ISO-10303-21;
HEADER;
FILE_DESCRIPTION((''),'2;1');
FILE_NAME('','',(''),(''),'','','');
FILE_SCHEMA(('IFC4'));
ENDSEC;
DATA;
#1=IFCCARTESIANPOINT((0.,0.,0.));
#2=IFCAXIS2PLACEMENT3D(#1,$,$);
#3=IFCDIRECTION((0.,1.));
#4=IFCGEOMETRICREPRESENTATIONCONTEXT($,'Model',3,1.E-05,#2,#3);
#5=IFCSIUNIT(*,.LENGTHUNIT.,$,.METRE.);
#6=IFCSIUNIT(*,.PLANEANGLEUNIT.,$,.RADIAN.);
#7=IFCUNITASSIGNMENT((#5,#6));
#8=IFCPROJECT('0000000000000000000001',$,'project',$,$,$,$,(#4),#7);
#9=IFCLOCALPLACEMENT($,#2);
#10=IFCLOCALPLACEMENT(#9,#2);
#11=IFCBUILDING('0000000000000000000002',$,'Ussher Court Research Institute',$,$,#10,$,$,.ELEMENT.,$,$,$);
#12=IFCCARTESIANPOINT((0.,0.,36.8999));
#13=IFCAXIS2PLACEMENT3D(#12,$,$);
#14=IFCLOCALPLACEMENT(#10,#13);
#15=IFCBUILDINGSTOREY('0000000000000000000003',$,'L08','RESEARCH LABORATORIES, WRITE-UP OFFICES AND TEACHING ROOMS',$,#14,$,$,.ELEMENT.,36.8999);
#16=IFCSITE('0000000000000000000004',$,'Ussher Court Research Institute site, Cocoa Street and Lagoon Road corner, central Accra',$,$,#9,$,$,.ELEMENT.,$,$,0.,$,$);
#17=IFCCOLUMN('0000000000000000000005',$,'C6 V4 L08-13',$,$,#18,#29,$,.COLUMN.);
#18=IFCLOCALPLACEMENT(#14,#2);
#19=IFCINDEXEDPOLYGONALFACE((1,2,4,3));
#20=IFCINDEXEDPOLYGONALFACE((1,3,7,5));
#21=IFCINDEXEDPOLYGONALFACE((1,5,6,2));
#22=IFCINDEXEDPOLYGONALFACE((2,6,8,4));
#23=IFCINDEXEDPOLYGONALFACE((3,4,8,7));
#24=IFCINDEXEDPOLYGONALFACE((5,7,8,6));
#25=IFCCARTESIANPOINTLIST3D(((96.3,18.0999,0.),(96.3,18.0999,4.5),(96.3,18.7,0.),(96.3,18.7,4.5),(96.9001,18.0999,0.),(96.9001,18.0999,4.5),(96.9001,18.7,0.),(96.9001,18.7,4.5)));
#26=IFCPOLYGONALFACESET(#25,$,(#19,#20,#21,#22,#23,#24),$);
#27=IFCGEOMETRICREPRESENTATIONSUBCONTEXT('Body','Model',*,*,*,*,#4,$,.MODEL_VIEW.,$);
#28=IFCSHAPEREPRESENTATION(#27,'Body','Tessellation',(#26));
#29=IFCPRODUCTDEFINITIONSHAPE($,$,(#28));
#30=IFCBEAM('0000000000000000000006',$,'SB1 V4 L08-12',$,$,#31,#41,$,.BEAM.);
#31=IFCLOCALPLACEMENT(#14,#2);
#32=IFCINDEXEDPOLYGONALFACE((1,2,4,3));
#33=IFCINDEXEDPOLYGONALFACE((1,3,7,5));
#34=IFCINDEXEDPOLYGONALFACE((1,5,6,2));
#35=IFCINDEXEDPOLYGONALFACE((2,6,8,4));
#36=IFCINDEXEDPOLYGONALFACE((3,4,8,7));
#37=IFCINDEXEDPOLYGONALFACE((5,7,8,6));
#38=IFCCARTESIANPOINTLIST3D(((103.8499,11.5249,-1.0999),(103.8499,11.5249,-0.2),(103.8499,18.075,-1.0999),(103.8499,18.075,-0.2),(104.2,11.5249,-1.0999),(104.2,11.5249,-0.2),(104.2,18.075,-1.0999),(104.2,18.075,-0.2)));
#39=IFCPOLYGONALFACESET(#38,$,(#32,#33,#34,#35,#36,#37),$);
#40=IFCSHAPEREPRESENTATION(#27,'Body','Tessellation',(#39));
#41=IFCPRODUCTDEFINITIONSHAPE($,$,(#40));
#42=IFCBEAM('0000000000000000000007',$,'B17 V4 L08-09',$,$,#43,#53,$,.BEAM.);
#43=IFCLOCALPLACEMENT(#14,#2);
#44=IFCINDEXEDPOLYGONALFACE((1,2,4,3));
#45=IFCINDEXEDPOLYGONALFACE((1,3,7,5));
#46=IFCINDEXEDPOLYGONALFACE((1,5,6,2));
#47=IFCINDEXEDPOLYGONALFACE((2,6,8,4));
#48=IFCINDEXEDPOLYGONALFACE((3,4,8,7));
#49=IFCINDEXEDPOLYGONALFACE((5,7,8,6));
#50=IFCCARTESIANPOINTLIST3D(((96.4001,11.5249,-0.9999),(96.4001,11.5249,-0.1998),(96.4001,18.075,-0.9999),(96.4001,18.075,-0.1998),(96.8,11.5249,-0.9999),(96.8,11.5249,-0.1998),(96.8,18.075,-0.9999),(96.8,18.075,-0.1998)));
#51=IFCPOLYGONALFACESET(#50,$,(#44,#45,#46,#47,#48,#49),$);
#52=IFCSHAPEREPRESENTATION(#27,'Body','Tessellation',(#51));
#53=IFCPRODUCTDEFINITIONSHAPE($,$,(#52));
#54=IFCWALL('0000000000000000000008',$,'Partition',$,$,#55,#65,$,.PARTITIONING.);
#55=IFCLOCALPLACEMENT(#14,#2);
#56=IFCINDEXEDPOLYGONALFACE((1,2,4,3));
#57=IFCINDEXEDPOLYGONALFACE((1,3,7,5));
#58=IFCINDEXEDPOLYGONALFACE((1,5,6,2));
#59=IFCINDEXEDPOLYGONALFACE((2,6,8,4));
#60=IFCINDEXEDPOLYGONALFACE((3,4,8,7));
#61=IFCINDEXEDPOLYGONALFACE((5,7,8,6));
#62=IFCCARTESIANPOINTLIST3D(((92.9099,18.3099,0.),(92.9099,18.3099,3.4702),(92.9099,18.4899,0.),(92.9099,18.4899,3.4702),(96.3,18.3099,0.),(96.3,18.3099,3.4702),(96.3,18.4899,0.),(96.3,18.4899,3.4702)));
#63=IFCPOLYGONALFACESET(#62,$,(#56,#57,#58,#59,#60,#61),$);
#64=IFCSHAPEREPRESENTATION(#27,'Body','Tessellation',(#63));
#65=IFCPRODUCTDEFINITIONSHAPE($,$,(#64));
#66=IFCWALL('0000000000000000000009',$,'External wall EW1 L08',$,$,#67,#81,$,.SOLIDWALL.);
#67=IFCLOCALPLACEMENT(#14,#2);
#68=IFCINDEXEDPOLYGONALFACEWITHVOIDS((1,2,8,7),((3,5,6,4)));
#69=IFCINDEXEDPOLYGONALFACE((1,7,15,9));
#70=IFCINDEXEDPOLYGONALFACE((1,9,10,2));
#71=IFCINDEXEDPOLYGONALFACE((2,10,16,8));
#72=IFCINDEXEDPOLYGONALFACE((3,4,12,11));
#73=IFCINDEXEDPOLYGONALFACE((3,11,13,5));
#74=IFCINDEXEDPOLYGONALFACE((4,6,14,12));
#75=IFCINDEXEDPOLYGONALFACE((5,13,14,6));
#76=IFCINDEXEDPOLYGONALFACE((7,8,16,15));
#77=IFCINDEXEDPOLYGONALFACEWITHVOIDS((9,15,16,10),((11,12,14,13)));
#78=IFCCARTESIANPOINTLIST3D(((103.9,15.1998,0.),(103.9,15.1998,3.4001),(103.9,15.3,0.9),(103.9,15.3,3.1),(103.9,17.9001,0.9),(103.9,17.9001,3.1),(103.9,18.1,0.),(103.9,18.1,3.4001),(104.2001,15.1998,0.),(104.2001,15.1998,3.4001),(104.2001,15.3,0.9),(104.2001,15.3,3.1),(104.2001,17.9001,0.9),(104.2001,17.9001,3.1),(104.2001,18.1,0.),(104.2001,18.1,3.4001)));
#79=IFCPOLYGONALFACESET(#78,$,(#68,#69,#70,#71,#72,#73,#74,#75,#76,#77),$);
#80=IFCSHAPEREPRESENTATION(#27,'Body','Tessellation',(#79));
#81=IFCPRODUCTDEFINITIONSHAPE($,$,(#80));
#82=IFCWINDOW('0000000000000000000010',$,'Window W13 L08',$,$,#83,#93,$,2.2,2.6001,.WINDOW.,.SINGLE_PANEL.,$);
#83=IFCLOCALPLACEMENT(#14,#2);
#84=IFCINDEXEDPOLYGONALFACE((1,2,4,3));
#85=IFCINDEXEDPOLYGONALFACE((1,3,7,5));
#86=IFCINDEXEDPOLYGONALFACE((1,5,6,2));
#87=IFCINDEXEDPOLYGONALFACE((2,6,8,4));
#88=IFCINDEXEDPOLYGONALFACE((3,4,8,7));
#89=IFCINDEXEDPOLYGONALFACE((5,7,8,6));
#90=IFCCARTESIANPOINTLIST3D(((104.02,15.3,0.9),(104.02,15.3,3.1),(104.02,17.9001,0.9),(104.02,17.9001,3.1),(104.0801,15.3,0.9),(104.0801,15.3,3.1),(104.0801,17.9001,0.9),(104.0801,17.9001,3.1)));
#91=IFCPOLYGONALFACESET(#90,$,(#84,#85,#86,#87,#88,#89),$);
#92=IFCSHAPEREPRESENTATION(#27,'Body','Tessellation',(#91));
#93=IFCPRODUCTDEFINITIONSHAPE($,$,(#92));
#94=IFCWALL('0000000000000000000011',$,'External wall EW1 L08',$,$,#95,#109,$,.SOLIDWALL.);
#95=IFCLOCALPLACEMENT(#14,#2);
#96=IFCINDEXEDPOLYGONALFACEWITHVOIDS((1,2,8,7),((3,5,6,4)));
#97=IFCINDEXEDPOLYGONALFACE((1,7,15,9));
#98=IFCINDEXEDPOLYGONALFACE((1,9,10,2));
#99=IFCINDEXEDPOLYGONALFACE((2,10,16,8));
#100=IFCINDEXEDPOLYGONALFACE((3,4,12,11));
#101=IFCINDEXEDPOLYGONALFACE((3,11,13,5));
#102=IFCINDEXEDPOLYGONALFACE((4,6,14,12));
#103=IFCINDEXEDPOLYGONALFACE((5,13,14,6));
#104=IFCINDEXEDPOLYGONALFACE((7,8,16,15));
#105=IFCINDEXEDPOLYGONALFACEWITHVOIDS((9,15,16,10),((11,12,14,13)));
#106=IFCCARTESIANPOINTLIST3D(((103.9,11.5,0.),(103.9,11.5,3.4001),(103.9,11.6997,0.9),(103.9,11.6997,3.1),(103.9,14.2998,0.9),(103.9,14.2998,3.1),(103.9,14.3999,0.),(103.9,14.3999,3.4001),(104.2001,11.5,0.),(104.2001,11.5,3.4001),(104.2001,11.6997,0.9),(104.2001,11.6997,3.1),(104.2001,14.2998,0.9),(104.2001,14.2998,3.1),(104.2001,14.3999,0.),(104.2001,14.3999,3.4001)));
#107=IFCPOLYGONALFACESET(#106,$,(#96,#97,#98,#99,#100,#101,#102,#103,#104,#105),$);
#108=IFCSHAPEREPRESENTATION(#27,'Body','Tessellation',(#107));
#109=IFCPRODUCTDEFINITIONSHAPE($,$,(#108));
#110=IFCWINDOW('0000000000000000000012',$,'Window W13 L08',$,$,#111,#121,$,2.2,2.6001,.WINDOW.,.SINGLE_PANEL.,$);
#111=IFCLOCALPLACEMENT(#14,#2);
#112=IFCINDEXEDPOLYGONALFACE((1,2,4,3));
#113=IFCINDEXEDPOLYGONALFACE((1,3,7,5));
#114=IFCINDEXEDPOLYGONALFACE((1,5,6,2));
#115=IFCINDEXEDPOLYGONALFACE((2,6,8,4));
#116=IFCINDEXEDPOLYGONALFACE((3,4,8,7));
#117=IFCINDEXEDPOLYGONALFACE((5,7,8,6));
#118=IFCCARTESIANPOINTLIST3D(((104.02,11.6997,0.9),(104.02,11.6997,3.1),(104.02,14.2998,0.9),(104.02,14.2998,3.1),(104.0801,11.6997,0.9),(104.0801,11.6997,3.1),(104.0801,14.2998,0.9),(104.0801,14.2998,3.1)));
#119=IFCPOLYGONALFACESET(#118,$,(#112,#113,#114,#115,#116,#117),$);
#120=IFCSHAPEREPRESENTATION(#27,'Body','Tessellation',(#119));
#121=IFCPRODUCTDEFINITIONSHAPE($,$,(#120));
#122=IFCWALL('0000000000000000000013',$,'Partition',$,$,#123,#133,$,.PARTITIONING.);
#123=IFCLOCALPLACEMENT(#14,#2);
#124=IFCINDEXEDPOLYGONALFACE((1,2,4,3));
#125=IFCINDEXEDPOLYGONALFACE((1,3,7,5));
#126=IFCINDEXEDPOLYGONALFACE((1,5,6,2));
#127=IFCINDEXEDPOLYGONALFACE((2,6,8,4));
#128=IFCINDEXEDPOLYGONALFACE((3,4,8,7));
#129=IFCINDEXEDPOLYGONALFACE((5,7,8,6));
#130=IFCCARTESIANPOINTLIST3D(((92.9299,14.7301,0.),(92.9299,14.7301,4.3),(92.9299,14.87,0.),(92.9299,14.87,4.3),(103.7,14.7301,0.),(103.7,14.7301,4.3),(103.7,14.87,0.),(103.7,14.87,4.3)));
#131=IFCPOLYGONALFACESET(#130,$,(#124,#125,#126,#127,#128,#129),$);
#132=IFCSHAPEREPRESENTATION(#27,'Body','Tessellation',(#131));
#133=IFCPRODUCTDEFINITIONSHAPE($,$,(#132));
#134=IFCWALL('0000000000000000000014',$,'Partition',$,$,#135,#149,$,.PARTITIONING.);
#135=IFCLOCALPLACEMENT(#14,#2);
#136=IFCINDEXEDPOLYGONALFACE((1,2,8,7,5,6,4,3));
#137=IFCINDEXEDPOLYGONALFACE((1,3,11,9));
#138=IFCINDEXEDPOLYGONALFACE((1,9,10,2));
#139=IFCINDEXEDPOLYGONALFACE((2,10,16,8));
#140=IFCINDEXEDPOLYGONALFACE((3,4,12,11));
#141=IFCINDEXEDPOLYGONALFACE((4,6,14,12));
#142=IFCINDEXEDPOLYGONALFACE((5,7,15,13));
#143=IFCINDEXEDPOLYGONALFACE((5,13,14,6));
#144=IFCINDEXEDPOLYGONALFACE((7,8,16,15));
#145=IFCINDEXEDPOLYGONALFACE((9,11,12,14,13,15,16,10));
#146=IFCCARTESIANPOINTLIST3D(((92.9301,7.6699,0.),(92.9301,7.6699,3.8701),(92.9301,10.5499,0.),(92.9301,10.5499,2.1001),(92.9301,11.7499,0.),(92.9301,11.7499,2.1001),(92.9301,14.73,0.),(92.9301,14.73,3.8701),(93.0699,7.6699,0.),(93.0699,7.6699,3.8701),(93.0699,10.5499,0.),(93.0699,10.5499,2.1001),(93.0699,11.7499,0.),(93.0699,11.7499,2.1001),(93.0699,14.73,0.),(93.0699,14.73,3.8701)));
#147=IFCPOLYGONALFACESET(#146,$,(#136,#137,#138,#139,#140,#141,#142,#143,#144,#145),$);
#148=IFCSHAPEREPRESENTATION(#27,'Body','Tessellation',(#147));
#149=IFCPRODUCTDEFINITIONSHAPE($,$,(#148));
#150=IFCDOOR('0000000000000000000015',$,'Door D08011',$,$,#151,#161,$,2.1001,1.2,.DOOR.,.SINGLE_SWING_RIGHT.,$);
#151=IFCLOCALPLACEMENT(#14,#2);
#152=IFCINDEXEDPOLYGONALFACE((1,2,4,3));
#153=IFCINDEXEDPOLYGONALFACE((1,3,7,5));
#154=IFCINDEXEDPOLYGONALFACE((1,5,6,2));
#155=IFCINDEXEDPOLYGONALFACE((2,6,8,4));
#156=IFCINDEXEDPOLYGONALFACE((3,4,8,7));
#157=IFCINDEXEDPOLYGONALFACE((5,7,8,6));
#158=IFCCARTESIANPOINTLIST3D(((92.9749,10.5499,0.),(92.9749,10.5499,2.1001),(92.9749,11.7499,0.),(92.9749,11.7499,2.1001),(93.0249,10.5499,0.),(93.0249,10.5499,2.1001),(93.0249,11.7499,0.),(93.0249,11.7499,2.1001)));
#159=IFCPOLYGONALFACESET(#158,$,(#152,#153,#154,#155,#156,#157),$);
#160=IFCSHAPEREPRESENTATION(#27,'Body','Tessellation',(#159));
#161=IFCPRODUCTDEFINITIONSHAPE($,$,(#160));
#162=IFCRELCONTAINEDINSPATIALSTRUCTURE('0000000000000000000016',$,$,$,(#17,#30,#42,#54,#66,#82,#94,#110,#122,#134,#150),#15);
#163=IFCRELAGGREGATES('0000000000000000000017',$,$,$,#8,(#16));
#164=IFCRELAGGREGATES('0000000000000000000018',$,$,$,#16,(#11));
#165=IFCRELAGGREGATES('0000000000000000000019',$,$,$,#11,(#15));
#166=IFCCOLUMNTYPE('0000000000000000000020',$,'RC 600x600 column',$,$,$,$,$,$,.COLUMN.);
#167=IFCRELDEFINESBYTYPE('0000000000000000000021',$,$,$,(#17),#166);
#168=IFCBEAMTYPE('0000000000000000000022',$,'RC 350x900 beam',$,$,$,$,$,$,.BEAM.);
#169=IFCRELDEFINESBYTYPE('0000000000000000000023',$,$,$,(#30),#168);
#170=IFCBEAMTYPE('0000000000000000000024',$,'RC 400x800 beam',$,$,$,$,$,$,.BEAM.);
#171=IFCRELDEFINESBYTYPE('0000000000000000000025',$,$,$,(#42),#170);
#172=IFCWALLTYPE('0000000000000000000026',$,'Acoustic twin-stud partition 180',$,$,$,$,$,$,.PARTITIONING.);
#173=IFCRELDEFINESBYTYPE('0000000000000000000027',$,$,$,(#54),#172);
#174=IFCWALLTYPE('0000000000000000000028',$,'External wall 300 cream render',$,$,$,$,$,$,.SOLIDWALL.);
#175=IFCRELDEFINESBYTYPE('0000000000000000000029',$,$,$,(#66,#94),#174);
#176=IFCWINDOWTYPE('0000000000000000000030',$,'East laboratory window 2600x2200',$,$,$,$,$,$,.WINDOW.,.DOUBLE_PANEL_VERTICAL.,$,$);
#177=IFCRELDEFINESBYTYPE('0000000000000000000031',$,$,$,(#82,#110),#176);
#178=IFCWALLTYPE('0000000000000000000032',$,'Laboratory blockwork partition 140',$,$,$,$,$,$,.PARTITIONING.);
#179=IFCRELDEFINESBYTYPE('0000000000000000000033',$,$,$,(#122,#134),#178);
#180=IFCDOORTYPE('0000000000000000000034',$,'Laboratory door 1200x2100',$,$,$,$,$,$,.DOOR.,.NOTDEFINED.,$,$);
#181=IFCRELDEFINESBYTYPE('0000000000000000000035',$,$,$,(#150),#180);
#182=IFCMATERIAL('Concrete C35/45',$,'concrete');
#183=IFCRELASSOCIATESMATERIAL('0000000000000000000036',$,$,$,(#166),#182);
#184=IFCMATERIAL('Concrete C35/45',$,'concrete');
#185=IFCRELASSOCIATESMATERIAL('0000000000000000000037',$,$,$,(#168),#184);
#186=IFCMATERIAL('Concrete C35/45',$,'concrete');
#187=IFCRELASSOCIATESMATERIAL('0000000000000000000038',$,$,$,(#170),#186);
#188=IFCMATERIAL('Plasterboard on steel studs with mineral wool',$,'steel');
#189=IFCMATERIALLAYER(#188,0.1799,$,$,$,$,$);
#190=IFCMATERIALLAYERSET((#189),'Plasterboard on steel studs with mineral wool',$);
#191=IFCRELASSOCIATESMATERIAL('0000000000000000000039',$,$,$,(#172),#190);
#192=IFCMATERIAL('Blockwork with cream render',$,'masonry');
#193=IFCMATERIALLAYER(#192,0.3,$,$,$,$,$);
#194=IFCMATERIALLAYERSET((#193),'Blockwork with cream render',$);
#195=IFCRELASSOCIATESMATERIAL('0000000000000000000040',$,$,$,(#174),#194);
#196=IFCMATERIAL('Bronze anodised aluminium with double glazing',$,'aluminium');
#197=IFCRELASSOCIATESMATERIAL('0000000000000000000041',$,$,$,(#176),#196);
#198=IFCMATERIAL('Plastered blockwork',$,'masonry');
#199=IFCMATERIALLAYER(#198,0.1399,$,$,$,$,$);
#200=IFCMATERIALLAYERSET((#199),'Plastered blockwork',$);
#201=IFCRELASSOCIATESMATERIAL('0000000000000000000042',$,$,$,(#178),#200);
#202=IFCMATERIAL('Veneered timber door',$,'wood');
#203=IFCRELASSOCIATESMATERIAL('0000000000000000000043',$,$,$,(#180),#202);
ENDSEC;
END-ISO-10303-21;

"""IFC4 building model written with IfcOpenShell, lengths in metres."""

from ifc_helpers import new_model, si_unit, direction, frame, frame_2d, origin, origin_2d, place, context, subcontext, project, spatial, rectangle, extrude, material, layer, layer_set, material_profile, profile_set, type_object, element, fill, save


model = new_model("IFC4")

# Units and contexts
model_context = context("Model", 3, precision=1e-05, world=origin(), true_north=direction((0.0, 1.0)))
body_context = subcontext(model_context, "Body", "Model", "MODEL_VIEW")
ifc_project = project(units=[si_unit("LENGTHUNIT", "METRE"), si_unit("PLANEANGLEUNIT", "RADIAN")], contexts=[model_context])

# Site, building, storey
site_placement = place(None, origin())
site = spatial("IfcSite", under=ifc_project, at=site_placement, Name="Ussher Court Research Institute site, Cocoa Street and Lagoon Road corner, central Accra", CompositionType="ELEMENT", RefElevation=0.0)
building_placement = place(site_placement, origin())
building = spatial("IfcBuilding", under=site, at=building_placement, Name="Ussher Court Research Institute", CompositionType="ELEMENT")
storey_placement = place(building_placement, frame((0.0, 0.0, 36.8999)))
storey = spatial("IfcBuildingStorey", under=building, at=storey_placement, Name="L08", Description="RESEARCH LABORATORIES, WRITE-UP OFFICES AND TEACHING ROOMS", CompositionType="ELEMENT", Elevation=36.8999)

# Column
ifc_material_1 = material(Name="Concrete C35/45", Category="concrete")
ifc_material_profile_1 = material_profile(ifc_material_1, rectangle(XDim=0.6001, YDim=0.6001, at=origin_2d()), Name="RC 600x600")
ifc_profile_set_1 = profile_set([ifc_material_profile_1], Name="Concrete C35/45")
column_type = type_object("IfcColumnType", Name="RC 600x600 column", PredefinedType="COLUMN", material=ifc_profile_set_1)
column_placement = place(storey_placement, frame((96.6001, 18.3999, 0.0), z_axis=(0.0, 0.0, 1.0), x_axis=(1.0, 0.0, 0.0)))
element("IfcColumn", 1, at=column_placement, inside=storey, type_object=column_type, Name="C6 V4 L08-13", PredefinedType="COLUMN", context=body_context, shape_type="SweptSolid", body=[
    extrude(rectangle(XDim=0.6001, YDim=0.6001, at=origin_2d()), origin(), (0.0, 0.0, 1.0), 4.5),
])

# Beams
ifc_material_2 = material(Name="Concrete C35/45", Category="concrete")
ifc_material_profile_2 = material_profile(ifc_material_2, rectangle(XDim=0.3501, YDim=0.8999, at=origin_2d()), Name="RC 350x900")
ifc_profile_set_2 = profile_set([ifc_material_profile_2], Name="Concrete C35/45")
beam_type_1 = type_object("IfcBeamType", Name="RC 350x900 beam", PredefinedType="BEAM", material=ifc_profile_set_2)
beam_1_placement = place(storey_placement, frame((104.0249, 11.5249, -0.6499), z_axis=(0.0, 1.0, 0.0), x_axis=(-1.0, 0.0, 0.0)))
element("IfcBeam", 2, at=beam_1_placement, inside=storey, type_object=beam_type_1, Name="SB1 V4 L08-12", PredefinedType="BEAM", context=body_context, shape_type="SweptSolid", body=[
    extrude(rectangle(XDim=0.3501, YDim=0.8999, at=origin_2d()), origin(), (0.0, 0.0, 1.0), 6.55),
])
ifc_material_3 = material(Name="Concrete C35/45", Category="concrete")
ifc_material_profile_3 = material_profile(ifc_material_3, rectangle(XDim=0.3999, YDim=0.8, at=origin_2d()), Name="RC 400x800")
ifc_profile_set_3 = profile_set([ifc_material_profile_3], Name="Concrete C35/45")
beam_type_2 = type_object("IfcBeamType", Name="RC 400x800 beam", PredefinedType="BEAM", material=ifc_profile_set_3)
beam_2_placement = place(storey_placement, frame((96.6001, 11.5249, -0.5999), z_axis=(0.0, 1.0, 0.0), x_axis=(-1.0, 0.0, 0.0)))
element("IfcBeam", 3, at=beam_2_placement, inside=storey, type_object=beam_type_2, Name="B17 V4 L08-09", PredefinedType="BEAM", context=body_context, shape_type="SweptSolid", body=[
    extrude(rectangle(XDim=0.3999, YDim=0.8, at=origin_2d()), origin(), (0.0, 0.0, 1.0), 6.55),
])

# Wall
ifc_material_4 = material(Name="Plasterboard on steel studs with mineral wool", Category="steel")
ifc_layer_1 = layer(ifc_material_4, 0.1799)
ifc_layer_set_1 = layer_set([ifc_layer_1], Name="Plasterboard on steel studs with mineral wool")
wall_type_1 = type_object("IfcWallType", Name="Acoustic twin-stud partition 180", PredefinedType="PARTITIONING", material=ifc_layer_set_1)
wall_1_placement = place(storey_placement, frame((92.9099, 18.3999, 0.0), z_axis=(0.0, 0.0, 1.0), x_axis=(1.0, 0.0, 0.0)))
element("IfcWall", 4, at=wall_1_placement, inside=storey, type_object=wall_type_1, Name="Partition", PredefinedType="PARTITIONING", context=body_context, shape_type="SweptSolid", body=[
    extrude(rectangle(XDim=3.3901, YDim=0.1799, at=frame_2d((1.6951, 0.0))), origin(), (0.0, 0.0, 1.0), 3.4702),
])

# Walls, openings, windows
ifc_material_5 = material(Name="Blockwork with cream render", Category="masonry")
ifc_layer_2 = layer(ifc_material_5, 0.3)
ifc_layer_set_2 = layer_set([ifc_layer_2], Name="Blockwork with cream render")
wall_type_2 = type_object("IfcWallType", Name="External wall 300 cream render", PredefinedType="SOLIDWALL", material=ifc_layer_set_2)
wall_2_placement = place(storey_placement, frame((104.05, 18.1001, 0.0), z_axis=(0.0, 0.0, 1.0), x_axis=(0.0, -1.0, 0.0)))
wall_2 = element("IfcWall", 5, at=wall_2_placement, inside=storey, type_object=wall_type_2, Name="External wall EW1 L08", PredefinedType="SOLIDWALL", context=body_context, shape_type="SweptSolid", body=[
    extrude(rectangle(XDim=2.9001, YDim=0.3, at=frame_2d((1.4502, 0.0))), origin(), (0.0, 0.0, 1.0), 3.4001),
])
opening_1_placement = place(wall_2_placement, frame((0.2, 0.0, 0.8999)))
opening_1 = element("IfcOpeningElement", 6, at=opening_1_placement, cuts=wall_2, PredefinedType="OPENING", context=body_context, shape_type="SweptSolid", body=[
    extrude(rectangle(XDim=2.6001, YDim=2.2, at=frame_2d((1.3, 1.1001))), frame((0.0, 0.1602, 0.0), z_axis=(0.0, -1.0, 0.0), x_axis=(1.0, 0.0, 0.0)), (0.0, 0.0, 1.0), 0.3201),
])
ifc_material_6 = material(Name="Bronze anodised aluminium with double glazing", Category="aluminium")
window_type = type_object("IfcWindowType", Name="East laboratory window 2600x2200", PartitioningType="DOUBLE_PANEL_VERTICAL", PredefinedType="WINDOW", material=ifc_material_6)
window_1_placement = place(opening_1_placement, origin())
window_1 = element("IfcWindow", 7, at=window_1_placement, inside=storey, type_object=window_type, Name="Window W13 L08", OverallHeight=2.2, OverallWidth=2.6001, PartitioningType="SINGLE_PANEL", PredefinedType="WINDOW", context=body_context, shape_type="SweptSolid", body=[
    extrude(rectangle(XDim=2.6001, YDim=2.2, at=frame_2d((1.3, 1.1001))), frame((0.0, 0.03, 0.0), z_axis=(0.0, -1.0, 0.0), x_axis=(1.0, 0.0, 0.0)), (0.0, 0.0, 1.0), 0.0601),
])
fill(opening_1, window_1)
wall_3_placement = place(storey_placement, frame((104.05, 14.3999, 0.0), z_axis=(0.0, 0.0, 1.0), x_axis=(0.0, -1.0, 0.0)))
wall_3 = element("IfcWall", 8, at=wall_3_placement, inside=storey, type_object=wall_type_2, Name="External wall EW1 L08", PredefinedType="SOLIDWALL", context=body_context, shape_type="SweptSolid", body=[
    extrude(rectangle(XDim=2.8999, YDim=0.3, at=frame_2d((1.45, 0.0))), origin(), (0.0, 0.0, 1.0), 3.4001),
])
opening_2_placement = place(wall_3_placement, frame((0.1001, 0.0, 0.8999)))
opening_2 = element("IfcOpeningElement", 9, at=opening_2_placement, cuts=wall_3, PredefinedType="OPENING", context=body_context, shape_type="SweptSolid", body=[
    extrude(rectangle(XDim=2.6001, YDim=2.2, at=frame_2d((1.3, 1.1001))), frame((0.0, 0.1602, 0.0), z_axis=(0.0, -1.0, 0.0), x_axis=(1.0, 0.0, 0.0)), (0.0, 0.0, 1.0), 0.3201),
])
window_2_placement = place(opening_2_placement, origin())
window_2 = element("IfcWindow", 10, at=window_2_placement, inside=storey, type_object=window_type, Name="Window W13 L08", OverallHeight=2.2, OverallWidth=2.6001, PartitioningType="SINGLE_PANEL", PredefinedType="WINDOW", context=body_context, shape_type="SweptSolid", body=[
    extrude(rectangle(XDim=2.6001, YDim=2.2, at=frame_2d((1.3, 1.1001))), frame((0.0, 0.03, 0.0), z_axis=(0.0, -1.0, 0.0), x_axis=(1.0, 0.0, 0.0)), (0.0, 0.0, 1.0), 0.0601),
])
fill(opening_2, window_2)

# Wall
ifc_material_7 = material(Name="Plastered blockwork", Category="masonry")
ifc_layer_3 = layer(ifc_material_7, 0.1399)
ifc_layer_set_3 = layer_set([ifc_layer_3], Name="Plastered blockwork")
wall_type_3 = type_object("IfcWallType", Name="Laboratory blockwork partition 140", PredefinedType="PARTITIONING", material=ifc_layer_set_3)
wall_4_placement = place(storey_placement, frame((92.9299, 14.8, 0.0), z_axis=(0.0, 0.0, 1.0), x_axis=(1.0, 0.0, 0.0)))
element("IfcWall", 11, at=wall_4_placement, inside=storey, type_object=wall_type_3, Name="Partition", PredefinedType="PARTITIONING", context=body_context, shape_type="SweptSolid", body=[
    extrude(rectangle(XDim=10.77, YDim=0.1399, at=frame_2d((5.385, 0.0))), origin(), (0.0, 0.0, 1.0), 4.3),
])

# Wall, opening, door
wall_5_placement = place(storey_placement, frame((93.0, 14.73, 0.0), z_axis=(0.0, 0.0, 1.0), x_axis=(0.0, -1.0, 0.0)))
wall_5 = element("IfcWall", 12, at=wall_5_placement, inside=storey, type_object=wall_type_3, Name="Partition", PredefinedType="PARTITIONING", context=body_context, shape_type="SweptSolid", body=[
    extrude(rectangle(XDim=7.0601, YDim=0.1399, at=frame_2d((3.53, 0.0))), origin(), (0.0, 0.0, 1.0), 3.8701),
])
opening_3_placement = place(wall_5_placement, frame((2.98, 0.0, 0.0)))
opening_3 = element("IfcOpeningElement", 13, at=opening_3_placement, cuts=wall_5, PredefinedType="OPENING", context=body_context, shape_type="SweptSolid", body=[
    extrude(rectangle(XDim=1.2, YDim=2.1001, at=frame_2d((0.6001, 1.05))), frame((0.0, 0.0801, 0.0), z_axis=(0.0, -1.0, 0.0), x_axis=(1.0, 0.0, 0.0)), (0.0, 0.0, 1.0), 0.1599),
])
ifc_material_8 = material(Name="Veneered timber door", Category="wood")
door_type_1 = type_object("IfcDoorType", Name="Laboratory door 1200x2100", OperationType="NOTDEFINED", PredefinedType="DOOR", material=ifc_material_8)
door_1_placement = place(opening_3_placement, origin())
door_1 = element("IfcDoor", 14, at=door_1_placement, inside=storey, type_object=door_type_1, Name="Door D08011", OperationType="SINGLE_SWING_RIGHT", OverallHeight=2.1001, OverallWidth=1.2, PredefinedType="DOOR", context=body_context, shape_type="SweptSolid", body=[
    extrude(rectangle(XDim=1.2, YDim=2.1001, at=frame_2d((0.6001, 1.05))), frame((0.0, 0.0249, 0.0), z_axis=(0.0, -1.0, 0.0), x_axis=(1.0, 0.0, 0.0)), (0.0, 0.0, 1.0), 0.05),
])
fill(opening_3, door_1)

save(model, "model.ifc")
